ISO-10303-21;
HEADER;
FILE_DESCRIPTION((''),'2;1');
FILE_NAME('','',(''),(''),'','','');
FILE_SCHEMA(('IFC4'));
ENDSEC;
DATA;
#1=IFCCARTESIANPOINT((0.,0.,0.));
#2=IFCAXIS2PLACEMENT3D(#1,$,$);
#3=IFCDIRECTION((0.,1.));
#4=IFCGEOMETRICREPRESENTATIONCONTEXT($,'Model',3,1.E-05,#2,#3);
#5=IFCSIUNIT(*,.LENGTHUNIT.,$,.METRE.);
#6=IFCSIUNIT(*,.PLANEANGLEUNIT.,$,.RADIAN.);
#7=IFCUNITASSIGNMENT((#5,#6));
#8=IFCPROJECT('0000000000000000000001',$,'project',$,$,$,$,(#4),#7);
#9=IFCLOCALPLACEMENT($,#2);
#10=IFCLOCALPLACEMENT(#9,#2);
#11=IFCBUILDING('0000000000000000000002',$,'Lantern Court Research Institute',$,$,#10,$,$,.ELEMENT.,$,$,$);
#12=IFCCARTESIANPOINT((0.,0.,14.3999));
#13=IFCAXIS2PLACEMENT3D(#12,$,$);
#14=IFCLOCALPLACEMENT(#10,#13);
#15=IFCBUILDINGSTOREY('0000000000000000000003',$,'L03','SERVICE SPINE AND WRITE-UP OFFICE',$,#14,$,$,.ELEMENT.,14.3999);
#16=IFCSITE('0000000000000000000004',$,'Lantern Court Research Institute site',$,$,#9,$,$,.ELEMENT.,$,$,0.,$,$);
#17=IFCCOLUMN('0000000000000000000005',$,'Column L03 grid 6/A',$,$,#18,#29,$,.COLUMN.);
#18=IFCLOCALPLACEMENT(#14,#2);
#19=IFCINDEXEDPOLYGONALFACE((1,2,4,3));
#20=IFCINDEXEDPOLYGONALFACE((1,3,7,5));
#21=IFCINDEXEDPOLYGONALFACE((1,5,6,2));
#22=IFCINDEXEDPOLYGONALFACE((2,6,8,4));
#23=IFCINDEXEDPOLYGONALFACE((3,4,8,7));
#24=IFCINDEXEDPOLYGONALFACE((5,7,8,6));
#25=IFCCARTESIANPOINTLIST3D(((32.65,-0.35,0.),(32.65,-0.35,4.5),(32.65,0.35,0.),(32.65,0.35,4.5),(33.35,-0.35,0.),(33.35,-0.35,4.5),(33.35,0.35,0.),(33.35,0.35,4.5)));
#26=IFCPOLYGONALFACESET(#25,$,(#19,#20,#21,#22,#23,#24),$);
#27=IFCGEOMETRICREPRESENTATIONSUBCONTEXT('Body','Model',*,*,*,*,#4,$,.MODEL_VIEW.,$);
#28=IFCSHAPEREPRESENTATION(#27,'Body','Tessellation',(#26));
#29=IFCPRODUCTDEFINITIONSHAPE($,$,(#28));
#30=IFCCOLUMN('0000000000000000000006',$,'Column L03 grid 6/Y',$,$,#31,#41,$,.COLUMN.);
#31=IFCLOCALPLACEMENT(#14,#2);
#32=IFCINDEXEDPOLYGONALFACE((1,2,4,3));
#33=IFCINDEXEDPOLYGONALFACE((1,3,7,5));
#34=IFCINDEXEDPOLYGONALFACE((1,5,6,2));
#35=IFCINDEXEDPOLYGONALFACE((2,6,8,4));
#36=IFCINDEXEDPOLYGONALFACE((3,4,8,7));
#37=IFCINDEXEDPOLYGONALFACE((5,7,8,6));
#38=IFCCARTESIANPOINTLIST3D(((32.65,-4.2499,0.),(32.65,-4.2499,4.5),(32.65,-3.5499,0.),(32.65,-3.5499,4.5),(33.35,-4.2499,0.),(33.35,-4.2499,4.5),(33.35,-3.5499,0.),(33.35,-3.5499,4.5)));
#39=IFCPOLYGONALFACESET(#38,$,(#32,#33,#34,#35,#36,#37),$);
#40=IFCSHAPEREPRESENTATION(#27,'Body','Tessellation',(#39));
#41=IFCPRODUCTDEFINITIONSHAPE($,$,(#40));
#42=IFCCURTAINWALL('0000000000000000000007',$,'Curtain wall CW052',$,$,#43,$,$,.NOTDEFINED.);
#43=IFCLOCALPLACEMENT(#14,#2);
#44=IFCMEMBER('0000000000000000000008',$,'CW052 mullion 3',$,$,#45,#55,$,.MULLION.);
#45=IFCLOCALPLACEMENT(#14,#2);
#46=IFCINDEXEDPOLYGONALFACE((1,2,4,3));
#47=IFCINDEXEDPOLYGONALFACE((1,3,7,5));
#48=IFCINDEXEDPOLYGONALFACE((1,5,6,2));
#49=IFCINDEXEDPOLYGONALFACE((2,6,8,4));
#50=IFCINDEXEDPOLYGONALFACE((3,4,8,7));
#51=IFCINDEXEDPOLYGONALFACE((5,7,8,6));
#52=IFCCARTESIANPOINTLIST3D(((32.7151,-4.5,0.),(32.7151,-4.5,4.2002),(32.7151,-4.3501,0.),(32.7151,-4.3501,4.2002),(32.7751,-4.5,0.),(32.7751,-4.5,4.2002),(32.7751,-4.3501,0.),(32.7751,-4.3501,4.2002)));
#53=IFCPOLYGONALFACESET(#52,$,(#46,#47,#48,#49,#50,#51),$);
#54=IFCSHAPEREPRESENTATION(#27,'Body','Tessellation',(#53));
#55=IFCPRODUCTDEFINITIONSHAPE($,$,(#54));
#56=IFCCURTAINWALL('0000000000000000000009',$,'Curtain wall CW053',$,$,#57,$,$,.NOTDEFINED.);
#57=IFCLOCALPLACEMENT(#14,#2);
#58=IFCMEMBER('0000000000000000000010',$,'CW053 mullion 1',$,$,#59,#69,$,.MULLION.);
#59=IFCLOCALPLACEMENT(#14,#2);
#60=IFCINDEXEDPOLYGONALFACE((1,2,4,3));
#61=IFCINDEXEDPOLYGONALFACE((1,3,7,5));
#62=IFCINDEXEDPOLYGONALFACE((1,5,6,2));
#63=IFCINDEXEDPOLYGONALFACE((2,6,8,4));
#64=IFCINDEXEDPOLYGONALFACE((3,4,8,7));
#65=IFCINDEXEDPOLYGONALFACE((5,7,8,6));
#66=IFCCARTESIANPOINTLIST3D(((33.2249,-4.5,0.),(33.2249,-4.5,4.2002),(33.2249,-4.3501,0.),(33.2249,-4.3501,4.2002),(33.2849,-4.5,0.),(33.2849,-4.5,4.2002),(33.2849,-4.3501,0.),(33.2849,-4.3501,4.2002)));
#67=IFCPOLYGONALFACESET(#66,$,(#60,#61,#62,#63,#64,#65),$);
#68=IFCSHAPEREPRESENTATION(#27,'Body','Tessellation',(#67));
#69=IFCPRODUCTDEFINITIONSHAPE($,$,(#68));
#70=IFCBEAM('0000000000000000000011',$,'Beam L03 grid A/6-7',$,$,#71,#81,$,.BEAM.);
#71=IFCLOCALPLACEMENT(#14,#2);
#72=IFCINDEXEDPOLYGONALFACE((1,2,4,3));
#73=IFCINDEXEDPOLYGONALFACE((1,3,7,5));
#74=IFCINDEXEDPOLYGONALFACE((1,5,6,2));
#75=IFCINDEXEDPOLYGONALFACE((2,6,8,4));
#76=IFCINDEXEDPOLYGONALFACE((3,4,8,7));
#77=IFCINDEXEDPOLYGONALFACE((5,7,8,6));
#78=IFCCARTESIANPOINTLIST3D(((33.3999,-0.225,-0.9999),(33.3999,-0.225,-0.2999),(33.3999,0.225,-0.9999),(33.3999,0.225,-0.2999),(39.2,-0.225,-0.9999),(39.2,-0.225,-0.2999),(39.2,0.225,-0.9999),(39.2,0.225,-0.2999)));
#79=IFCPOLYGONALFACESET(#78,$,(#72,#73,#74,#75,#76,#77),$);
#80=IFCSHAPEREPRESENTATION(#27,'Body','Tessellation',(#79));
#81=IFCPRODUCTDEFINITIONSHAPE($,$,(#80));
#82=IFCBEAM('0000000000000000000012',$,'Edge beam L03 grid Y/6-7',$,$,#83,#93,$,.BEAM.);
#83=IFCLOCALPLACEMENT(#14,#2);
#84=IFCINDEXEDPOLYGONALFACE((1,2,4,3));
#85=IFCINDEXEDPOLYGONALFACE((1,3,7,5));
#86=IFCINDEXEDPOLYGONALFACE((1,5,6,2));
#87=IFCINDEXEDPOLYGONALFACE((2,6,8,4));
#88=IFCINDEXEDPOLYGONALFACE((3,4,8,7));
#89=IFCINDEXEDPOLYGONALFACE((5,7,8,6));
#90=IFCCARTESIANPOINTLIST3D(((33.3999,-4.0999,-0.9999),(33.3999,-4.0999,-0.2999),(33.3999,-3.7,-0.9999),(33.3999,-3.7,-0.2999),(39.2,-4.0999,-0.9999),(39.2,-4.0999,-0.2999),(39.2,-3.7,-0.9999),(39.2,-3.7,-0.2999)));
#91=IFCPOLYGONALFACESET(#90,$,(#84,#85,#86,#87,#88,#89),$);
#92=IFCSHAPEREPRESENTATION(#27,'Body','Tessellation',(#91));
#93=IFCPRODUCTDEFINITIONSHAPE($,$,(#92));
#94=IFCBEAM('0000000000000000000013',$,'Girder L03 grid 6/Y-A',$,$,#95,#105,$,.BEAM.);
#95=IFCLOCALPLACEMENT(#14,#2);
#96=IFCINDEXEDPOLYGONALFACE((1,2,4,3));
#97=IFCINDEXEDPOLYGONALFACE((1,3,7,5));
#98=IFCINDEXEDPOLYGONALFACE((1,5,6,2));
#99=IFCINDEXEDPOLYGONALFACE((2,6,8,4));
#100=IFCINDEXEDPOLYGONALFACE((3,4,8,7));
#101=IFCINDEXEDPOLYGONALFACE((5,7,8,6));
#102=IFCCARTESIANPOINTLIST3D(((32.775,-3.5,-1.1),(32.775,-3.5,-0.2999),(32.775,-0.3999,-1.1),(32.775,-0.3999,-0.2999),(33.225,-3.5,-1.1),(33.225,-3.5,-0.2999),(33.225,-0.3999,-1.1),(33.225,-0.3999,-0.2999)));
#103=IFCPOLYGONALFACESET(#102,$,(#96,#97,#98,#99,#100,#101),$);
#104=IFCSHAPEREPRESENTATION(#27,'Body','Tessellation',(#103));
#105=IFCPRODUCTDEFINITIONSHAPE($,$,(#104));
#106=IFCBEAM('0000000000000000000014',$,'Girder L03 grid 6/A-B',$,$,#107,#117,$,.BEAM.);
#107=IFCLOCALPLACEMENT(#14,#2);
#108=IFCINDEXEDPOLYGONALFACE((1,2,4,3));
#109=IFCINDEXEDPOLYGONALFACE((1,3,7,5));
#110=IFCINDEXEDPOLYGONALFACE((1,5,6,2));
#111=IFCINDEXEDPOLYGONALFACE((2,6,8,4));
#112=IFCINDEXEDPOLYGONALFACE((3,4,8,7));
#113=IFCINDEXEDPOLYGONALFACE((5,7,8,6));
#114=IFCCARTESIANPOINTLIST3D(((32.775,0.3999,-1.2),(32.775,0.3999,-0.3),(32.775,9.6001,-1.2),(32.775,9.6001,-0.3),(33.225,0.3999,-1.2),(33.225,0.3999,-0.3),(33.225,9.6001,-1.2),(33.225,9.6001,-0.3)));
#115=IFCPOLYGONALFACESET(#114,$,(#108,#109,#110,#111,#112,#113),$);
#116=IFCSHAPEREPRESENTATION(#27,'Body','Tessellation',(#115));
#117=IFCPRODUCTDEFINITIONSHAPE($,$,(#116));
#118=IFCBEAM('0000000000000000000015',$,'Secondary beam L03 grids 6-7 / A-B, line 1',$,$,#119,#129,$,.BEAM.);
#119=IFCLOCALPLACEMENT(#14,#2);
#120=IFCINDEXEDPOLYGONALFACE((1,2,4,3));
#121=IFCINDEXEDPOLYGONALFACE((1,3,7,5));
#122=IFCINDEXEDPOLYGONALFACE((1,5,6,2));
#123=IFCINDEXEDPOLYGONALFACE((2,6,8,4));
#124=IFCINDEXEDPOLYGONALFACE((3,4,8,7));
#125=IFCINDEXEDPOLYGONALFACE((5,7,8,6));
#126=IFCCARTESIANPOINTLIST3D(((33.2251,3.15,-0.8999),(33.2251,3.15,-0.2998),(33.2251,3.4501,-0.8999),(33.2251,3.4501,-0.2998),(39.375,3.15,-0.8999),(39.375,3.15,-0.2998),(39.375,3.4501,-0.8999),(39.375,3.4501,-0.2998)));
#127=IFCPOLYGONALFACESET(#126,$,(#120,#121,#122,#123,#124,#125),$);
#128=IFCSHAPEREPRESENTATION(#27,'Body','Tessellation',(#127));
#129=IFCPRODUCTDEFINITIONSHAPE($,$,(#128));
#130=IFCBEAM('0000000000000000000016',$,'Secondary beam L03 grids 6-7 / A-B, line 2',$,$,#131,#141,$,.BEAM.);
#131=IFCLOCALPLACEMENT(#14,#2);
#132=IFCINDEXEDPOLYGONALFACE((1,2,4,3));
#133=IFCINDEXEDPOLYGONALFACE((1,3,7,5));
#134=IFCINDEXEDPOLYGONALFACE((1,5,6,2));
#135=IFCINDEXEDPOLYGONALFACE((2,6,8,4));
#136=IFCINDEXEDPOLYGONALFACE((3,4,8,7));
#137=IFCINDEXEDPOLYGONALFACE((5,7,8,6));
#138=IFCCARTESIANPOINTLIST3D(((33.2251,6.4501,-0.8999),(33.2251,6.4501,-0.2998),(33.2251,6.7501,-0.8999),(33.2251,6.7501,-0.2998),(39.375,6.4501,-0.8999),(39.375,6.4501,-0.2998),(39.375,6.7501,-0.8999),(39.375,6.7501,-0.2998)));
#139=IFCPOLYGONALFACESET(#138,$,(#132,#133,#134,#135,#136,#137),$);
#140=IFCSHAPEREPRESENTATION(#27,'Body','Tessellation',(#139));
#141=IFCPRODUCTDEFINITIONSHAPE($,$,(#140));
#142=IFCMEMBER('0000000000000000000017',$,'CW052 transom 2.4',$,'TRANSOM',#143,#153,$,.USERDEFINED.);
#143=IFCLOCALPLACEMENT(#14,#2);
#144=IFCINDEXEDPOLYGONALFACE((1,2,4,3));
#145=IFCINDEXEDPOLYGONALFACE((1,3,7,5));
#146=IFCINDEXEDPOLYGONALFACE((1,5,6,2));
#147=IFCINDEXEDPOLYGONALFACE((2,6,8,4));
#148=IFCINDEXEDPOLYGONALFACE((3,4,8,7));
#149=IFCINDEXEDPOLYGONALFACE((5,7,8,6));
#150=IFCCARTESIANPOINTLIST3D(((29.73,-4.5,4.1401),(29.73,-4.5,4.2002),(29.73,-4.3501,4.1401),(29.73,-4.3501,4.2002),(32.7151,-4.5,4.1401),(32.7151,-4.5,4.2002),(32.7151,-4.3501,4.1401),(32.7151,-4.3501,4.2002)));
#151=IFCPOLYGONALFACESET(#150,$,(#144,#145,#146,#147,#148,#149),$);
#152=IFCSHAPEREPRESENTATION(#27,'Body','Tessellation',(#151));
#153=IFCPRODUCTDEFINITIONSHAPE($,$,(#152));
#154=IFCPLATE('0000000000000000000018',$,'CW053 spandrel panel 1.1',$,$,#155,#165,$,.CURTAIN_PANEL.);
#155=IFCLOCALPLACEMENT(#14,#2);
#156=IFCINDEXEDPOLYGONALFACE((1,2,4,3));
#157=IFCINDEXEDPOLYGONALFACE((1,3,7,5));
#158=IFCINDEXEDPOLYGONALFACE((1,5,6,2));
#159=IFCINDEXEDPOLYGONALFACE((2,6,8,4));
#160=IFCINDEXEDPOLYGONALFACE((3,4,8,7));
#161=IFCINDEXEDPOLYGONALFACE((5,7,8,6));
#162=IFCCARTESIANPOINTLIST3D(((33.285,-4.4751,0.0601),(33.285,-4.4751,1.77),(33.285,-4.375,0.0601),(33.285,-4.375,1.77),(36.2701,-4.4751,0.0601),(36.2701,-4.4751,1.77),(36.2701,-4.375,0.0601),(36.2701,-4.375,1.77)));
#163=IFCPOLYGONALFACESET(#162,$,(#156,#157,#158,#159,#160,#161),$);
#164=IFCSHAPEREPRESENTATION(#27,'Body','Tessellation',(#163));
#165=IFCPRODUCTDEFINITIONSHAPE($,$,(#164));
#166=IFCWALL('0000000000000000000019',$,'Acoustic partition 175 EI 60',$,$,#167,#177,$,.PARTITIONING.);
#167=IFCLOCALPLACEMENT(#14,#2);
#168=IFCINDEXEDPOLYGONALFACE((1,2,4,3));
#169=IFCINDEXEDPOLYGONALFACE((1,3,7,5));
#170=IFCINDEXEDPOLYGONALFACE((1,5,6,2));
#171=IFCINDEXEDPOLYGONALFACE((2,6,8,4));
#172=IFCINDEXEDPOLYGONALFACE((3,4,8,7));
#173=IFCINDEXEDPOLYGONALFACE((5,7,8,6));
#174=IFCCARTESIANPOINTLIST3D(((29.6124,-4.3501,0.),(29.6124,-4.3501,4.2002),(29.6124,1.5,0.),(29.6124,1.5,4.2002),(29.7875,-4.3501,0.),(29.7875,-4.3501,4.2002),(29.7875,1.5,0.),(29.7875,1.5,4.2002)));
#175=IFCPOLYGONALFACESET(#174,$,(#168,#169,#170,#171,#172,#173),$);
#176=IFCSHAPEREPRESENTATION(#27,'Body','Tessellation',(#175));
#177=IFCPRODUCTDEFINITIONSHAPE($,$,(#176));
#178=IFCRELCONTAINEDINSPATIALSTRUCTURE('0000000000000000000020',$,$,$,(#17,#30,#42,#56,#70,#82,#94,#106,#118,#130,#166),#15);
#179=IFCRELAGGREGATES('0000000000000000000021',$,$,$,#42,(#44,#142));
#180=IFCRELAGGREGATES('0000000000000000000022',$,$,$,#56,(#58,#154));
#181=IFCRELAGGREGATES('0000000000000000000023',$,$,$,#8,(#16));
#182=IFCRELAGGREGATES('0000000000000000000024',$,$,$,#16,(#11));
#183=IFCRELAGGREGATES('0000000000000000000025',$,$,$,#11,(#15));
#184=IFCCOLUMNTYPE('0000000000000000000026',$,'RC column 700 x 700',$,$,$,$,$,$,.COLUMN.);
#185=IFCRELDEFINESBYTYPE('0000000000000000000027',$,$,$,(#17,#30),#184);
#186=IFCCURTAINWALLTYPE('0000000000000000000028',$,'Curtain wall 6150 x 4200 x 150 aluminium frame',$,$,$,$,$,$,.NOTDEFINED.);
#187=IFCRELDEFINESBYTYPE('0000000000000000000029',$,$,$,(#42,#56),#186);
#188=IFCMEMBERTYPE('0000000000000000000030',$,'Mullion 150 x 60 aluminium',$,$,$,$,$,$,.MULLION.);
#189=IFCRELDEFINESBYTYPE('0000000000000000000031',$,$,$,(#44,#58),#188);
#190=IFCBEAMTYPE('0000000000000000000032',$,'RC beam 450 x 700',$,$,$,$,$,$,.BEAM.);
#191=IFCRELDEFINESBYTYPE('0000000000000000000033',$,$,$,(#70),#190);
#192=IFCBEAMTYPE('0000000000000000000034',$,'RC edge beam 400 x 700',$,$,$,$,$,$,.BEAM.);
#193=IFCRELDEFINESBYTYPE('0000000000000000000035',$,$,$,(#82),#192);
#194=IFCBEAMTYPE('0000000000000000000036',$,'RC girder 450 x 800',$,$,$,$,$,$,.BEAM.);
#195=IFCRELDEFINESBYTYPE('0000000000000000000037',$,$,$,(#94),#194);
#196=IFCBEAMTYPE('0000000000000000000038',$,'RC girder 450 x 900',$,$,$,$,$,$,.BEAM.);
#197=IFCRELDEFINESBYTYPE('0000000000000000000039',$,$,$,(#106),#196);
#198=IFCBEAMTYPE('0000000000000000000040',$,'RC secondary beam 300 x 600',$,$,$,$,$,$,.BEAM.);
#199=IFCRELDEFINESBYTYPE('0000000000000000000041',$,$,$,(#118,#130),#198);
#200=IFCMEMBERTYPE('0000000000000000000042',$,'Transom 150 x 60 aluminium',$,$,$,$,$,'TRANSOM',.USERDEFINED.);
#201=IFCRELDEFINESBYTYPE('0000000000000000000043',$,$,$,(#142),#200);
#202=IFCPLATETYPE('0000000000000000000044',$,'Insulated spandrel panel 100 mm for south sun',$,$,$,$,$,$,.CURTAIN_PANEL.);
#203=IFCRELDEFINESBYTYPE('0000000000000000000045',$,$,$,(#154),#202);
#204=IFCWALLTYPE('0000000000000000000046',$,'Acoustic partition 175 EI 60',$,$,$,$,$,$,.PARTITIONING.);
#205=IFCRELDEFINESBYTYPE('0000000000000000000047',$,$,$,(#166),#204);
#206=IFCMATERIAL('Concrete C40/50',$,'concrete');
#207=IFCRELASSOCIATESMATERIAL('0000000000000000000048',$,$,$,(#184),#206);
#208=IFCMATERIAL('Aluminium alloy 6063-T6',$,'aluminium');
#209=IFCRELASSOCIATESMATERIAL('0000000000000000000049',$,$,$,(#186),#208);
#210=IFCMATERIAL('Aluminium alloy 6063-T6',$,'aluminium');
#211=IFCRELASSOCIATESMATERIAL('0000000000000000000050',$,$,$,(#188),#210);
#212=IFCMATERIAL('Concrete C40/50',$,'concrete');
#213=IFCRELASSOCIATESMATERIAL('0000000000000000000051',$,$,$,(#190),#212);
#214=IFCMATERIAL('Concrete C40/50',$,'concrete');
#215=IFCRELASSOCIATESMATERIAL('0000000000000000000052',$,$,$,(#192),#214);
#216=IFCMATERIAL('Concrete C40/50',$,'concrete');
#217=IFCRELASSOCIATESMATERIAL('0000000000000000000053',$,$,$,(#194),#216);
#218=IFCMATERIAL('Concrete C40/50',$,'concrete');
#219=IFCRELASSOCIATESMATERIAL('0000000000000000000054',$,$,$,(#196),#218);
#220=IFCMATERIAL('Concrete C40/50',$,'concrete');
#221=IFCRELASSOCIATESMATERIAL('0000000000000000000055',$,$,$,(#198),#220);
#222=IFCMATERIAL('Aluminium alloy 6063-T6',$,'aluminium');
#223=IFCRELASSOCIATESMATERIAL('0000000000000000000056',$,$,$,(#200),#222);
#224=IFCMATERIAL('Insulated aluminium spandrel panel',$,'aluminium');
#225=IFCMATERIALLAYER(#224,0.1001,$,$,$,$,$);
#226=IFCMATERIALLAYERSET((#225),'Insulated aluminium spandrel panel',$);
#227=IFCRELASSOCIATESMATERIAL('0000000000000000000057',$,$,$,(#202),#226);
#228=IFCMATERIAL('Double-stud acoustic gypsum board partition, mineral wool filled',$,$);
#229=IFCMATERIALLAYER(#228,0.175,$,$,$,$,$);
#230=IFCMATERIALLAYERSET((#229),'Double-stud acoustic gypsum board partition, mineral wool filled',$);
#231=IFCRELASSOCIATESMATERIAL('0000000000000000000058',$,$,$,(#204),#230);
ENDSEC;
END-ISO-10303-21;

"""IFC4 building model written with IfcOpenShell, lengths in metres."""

from ifc_helpers import new_model, si_unit, direction, frame, frame_2d, origin, origin_2d, place, context, subcontext, project, spatial, rectangle, extrude, material, layer, layer_set, material_profile, profile_set, type_object, element, aggregate, save


model = new_model("IFC4")

# Units and contexts
model_context = context("Model", 3, precision=1e-05, world=origin(), true_north=direction((0.0, 1.0)))
body_context = subcontext(model_context, "Body", "Model", "MODEL_VIEW")
ifc_project = project(units=[si_unit("LENGTHUNIT", "METRE"), si_unit("PLANEANGLEUNIT", "RADIAN")], contexts=[model_context])

# Site, building, storey
site_placement = place(None, origin())
site = spatial("IfcSite", under=ifc_project, at=site_placement, Name="Lantern Court Research Institute site", CompositionType="ELEMENT", RefElevation=0.0)
building_placement = place(site_placement, origin())
building = spatial("IfcBuilding", under=site, at=building_placement, Name="Lantern Court Research Institute", CompositionType="ELEMENT")
storey_placement = place(building_placement, frame((0.0, 0.0, 14.3999)))
storey = spatial("IfcBuildingStorey", under=building, at=storey_placement, Name="L03", Description="SERVICE SPINE AND WRITE-UP OFFICE", CompositionType="ELEMENT", Elevation=14.3999)

# Columns
ifc_material_1 = material(Name="Concrete C40/50", Category="concrete")
ifc_material_profile_1 = material_profile(ifc_material_1, rectangle(XDim=0.7, YDim=0.7, at=origin_2d()), Name="RC column 700 x 700")
ifc_profile_set_1 = profile_set([ifc_material_profile_1], Name="Concrete C40/50")
column_type = type_object("IfcColumnType", Name="RC column 700 x 700", PredefinedType="COLUMN", material=ifc_profile_set_1)
for number, where, z_axis, x_axis, name in (
    (1, (33.0, 0.0, 0.0), (0.0, 0.0, 1.0), (1.0, 0.0, 0.0), "Column L03 grid 6/A"),
    (2, (33.0, -3.8999, 0.0), (0.0, 0.0, 1.0), (1.0, 0.0, 0.0), "Column L03 grid 6/Y"),
):
    element("IfcColumn", number, at=place(storey_placement, frame(where, z_axis=z_axis, x_axis=x_axis)), inside=storey, type_object=column_type, Name=name, PredefinedType="COLUMN", context=body_context, shape_type="SweptSolid", body=[
        extrude(rectangle(XDim=0.7, YDim=0.7, at=origin_2d()), origin(), (0.0, 0.0, 1.0), 4.5),
    ])

# Curtain walls, members
ifc_material_2 = material(Name="Aluminium alloy 6063-T6", Category="aluminium")
curtain_wall_type = type_object("IfcCurtainWallType", Name="Curtain wall 6150 x 4200 x 150 aluminium frame", PredefinedType="NOTDEFINED", material=ifc_material_2)
curtain_wall_1_placement = place(storey_placement, origin())
curtain_wall_1 = element("IfcCurtainWall", 3, at=curtain_wall_1_placement, inside=storey, type_object=curtain_wall_type, Name="Curtain wall CW052", PredefinedType="NOTDEFINED")
ifc_material_3 = material(Name="Aluminium alloy 6063-T6", Category="aluminium")
ifc_material_profile_2 = material_profile(ifc_material_3, rectangle(XDim=0.1499, YDim=0.0601, at=origin_2d()), Name="Mullion 150 x 60")
ifc_profile_set_2 = profile_set([ifc_material_profile_2], Name="Aluminium alloy 6063-T6")
member_type_1 = type_object("IfcMemberType", Name="Mullion 150 x 60 aluminium", PredefinedType="MULLION", material=ifc_profile_set_2)
member_1_placement = place(storey_placement, frame((32.7451, -4.425, 0.0), z_axis=(0.0, 0.0, 1.0), x_axis=(0.0, -1.0, 0.0)))
member_1 = element("IfcMember", 4, at=member_1_placement, type_object=member_type_1, Name="CW052 mullion 3", PredefinedType="MULLION", context=body_context, shape_type="SweptSolid", body=[
    extrude(rectangle(XDim=0.1499, YDim=0.0601, at=origin_2d()), origin(), (0.0, 0.0, 1.0), 4.2002),
])
curtain_wall_2_placement = place(storey_placement, origin())
curtain_wall_2 = element("IfcCurtainWall", 5, at=curtain_wall_2_placement, inside=storey, type_object=curtain_wall_type, Name="Curtain wall CW053", PredefinedType="NOTDEFINED")
member_2_placement = place(storey_placement, frame((33.2549, -4.425, 0.0), z_axis=(0.0, 0.0, 1.0), x_axis=(0.0, -1.0, 0.0)))
member_2 = element("IfcMember", 6, at=member_2_placement, type_object=member_type_1, Name="CW053 mullion 1", PredefinedType="MULLION", context=body_context, shape_type="SweptSolid", body=[
    extrude(rectangle(XDim=0.1499, YDim=0.0601, at=origin_2d()), origin(), (0.0, 0.0, 1.0), 4.2002),
])

# Beams
ifc_material_4 = material(Name="Concrete C40/50", Category="concrete")
ifc_material_profile_3 = material_profile(ifc_material_4, rectangle(XDim=0.45, YDim=0.7, at=origin_2d()), Name="RC beam 450 x 700")
ifc_profile_set_3 = profile_set([ifc_material_profile_3], Name="Concrete C40/50")
beam_type_1 = type_object("IfcBeamType", Name="RC beam 450 x 700", PredefinedType="BEAM", material=ifc_profile_set_3)
beam_1_placement = place(storey_placement, frame((33.3999, 0.0, -0.6499), z_axis=(1.0, 0.0, 0.0), x_axis=(0.0, 1.0, 0.0)))
element("IfcBeam", 7, at=beam_1_placement, inside=storey, type_object=beam_type_1, Name="Beam L03 grid A/6-7", PredefinedType="BEAM", context=body_context, shape_type="SweptSolid", body=[
    extrude(rectangle(XDim=0.45, YDim=0.7, at=origin_2d()), origin(), (0.0, 0.0, 1.0), 5.8),
])
ifc_material_5 = material(Name="Concrete C40/50", Category="concrete")
ifc_material_profile_4 = material_profile(ifc_material_5, rectangle(XDim=0.3999, YDim=0.7, at=origin_2d()), Name="RC beam 400 x 700")
ifc_profile_set_4 = profile_set([ifc_material_profile_4], Name="Concrete C40/50")
beam_type_2 = type_object("IfcBeamType", Name="RC edge beam 400 x 700", PredefinedType="BEAM", material=ifc_profile_set_4)
beam_2_placement = place(storey_placement, frame((33.3999, -3.8999, -0.6499), z_axis=(1.0, 0.0, 0.0), x_axis=(0.0, 1.0, 0.0)))
element("IfcBeam", 8, at=beam_2_placement, inside=storey, type_object=beam_type_2, Name="Edge beam L03 grid Y/6-7", PredefinedType="BEAM", context=body_context, shape_type="SweptSolid", body=[
    extrude(rectangle(XDim=0.3999, YDim=0.7, at=origin_2d()), origin(), (0.0, 0.0, 1.0), 5.8),
])
ifc_material_6 = material(Name="Concrete C40/50", Category="concrete")
ifc_material_profile_5 = material_profile(ifc_material_6, rectangle(XDim=0.45, YDim=0.8, at=origin_2d()), Name="RC beam 450 x 800")
ifc_profile_set_5 = profile_set([ifc_material_profile_5], Name="Concrete C40/50")
beam_type_3 = type_object("IfcBeamType", Name="RC girder 450 x 800", PredefinedType="BEAM", material=ifc_profile_set_5)
beam_3_placement = place(storey_placement, frame((33.0, -3.5, -0.7), z_axis=(0.0, 1.0, 0.0), x_axis=(-1.0, 0.0, 0.0)))
element("IfcBeam", 9, at=beam_3_placement, inside=storey, type_object=beam_type_3, Name="Girder L03 grid 6/Y-A", PredefinedType="BEAM", context=body_context, shape_type="SweptSolid", body=[
    extrude(rectangle(XDim=0.45, YDim=0.8, at=origin_2d()), origin(), (0.0, 0.0, 1.0), 3.1001),
])
ifc_material_7 = material(Name="Concrete C40/50", Category="concrete")
ifc_material_profile_6 = material_profile(ifc_material_7, rectangle(XDim=0.45, YDim=0.8999, at=origin_2d()), Name="RC beam 450 x 900")
ifc_profile_set_6 = profile_set([ifc_material_profile_6], Name="Concrete C40/50")
beam_type_4 = type_object("IfcBeamType", Name="RC girder 450 x 900", PredefinedType="BEAM", material=ifc_profile_set_6)
beam_4_placement = place(storey_placement, frame((33.0, 0.3999, -0.75), z_axis=(0.0, 1.0, 0.0), x_axis=(-1.0, 0.0, 0.0)))
element("IfcBeam", 10, at=beam_4_placement, inside=storey, type_object=beam_type_4, Name="Girder L03 grid 6/A-B", PredefinedType="BEAM", context=body_context, shape_type="SweptSolid", body=[
    extrude(rectangle(XDim=0.45, YDim=0.8999, at=origin_2d()), origin(), (0.0, 0.0, 1.0), 9.2002),
])
ifc_material_8 = material(Name="Concrete C40/50", Category="concrete")
ifc_material_profile_7 = material_profile(ifc_material_8, rectangle(XDim=0.3, YDim=0.6001, at=origin_2d()), Name="RC beam 300 x 600")
ifc_profile_set_7 = profile_set([ifc_material_profile_7], Name="Concrete C40/50")
beam_type_5 = type_object("IfcBeamType", Name="RC secondary beam 300 x 600", PredefinedType="BEAM", material=ifc_profile_set_7)
for number, where, z_axis, x_axis, name in (
    (11, (33.2251, 3.3, -0.5999), (1.0, 0.0, 0.0), (0.0, 1.0, 0.0), "Secondary beam L03 grids 6-7 / A-B, line 1"),
    (12, (33.2251, 6.6001, -0.5999), (1.0, 0.0, 0.0), (0.0, 1.0, 0.0), "Secondary beam L03 grids 6-7 / A-B, line 2"),
):
    element("IfcBeam", number, at=place(storey_placement, frame(where, z_axis=z_axis, x_axis=x_axis)), inside=storey, type_object=beam_type_5, Name=name, PredefinedType="BEAM", context=body_context, shape_type="SweptSolid", body=[
        extrude(rectangle(XDim=0.3, YDim=0.6001, at=origin_2d()), origin(), (0.0, 0.0, 1.0), 6.1499),
    ])

# Member
ifc_material_9 = material(Name="Aluminium alloy 6063-T6", Category="aluminium")
ifc_material_profile_8 = material_profile(ifc_material_9, rectangle(XDim=0.1499, YDim=0.0601, at=origin_2d()), Name="Transom 150 x 60")
ifc_profile_set_8 = profile_set([ifc_material_profile_8], Name="Aluminium alloy 6063-T6")
member_type_2 = type_object("IfcMemberType", Name="Transom 150 x 60 aluminium", ElementType="TRANSOM", PredefinedType="USERDEFINED", material=ifc_profile_set_8)
member_3_placement = place(storey_placement, frame((32.7151, -4.425, 4.1702), z_axis=(-1.0, 0.0, 0.0), x_axis=(0.0, -1.0, 0.0)))
member_3 = element("IfcMember", 13, at=member_3_placement, type_object=member_type_2, Name="CW052 transom 2.4", ObjectType="TRANSOM", PredefinedType="USERDEFINED", context=body_context, shape_type="SweptSolid", body=[
    extrude(rectangle(XDim=0.1499, YDim=0.0601, at=origin_2d()), origin(), (0.0, 0.0, 1.0), 2.9851),
])
aggregate(curtain_wall_1, [member_1, member_3])

# Plate
ifc_material_10 = material(Name="Insulated aluminium spandrel panel", Category="aluminium")
ifc_layer_1 = layer(ifc_material_10, 0.1001)
ifc_layer_set_1 = layer_set([ifc_layer_1], Name="Insulated aluminium spandrel panel")
plate_type = type_object("IfcPlateType", Name="Insulated spandrel panel 100 mm for south sun", PredefinedType="CURTAIN_PANEL", material=ifc_layer_set_1)
plate_placement = place(storey_placement, frame((34.7776, -4.425, 0.0601), z_axis=(0.0, 0.0, 1.0), x_axis=(-1.0, 0.0, 0.0)))
plate = element("IfcPlate", 14, at=plate_placement, type_object=plate_type, Name="CW053 spandrel panel 1.1", PredefinedType="CURTAIN_PANEL", context=body_context, shape_type="SweptSolid", body=[
    extrude(rectangle(XDim=2.9851, YDim=0.1001, at=origin_2d()), origin(), (0.0, 0.0, 1.0), 1.71),
])
aggregate(curtain_wall_2, [member_2, plate])

# Wall
ifc_material_11 = material(Name="Double-stud acoustic gypsum board partition, mineral wool filled")
ifc_layer_2 = layer(ifc_material_11, 0.175)
ifc_layer_set_2 = layer_set([ifc_layer_2], Name="Double-stud acoustic gypsum board partition, mineral wool filled")
wall_type_1 = type_object("IfcWallType", Name="Acoustic partition 175 EI 60", PredefinedType="PARTITIONING", material=ifc_layer_set_2)
wall_1_placement = place(storey_placement, frame((29.7, -4.3501, 0.0), z_axis=(0.0, 0.0, 1.0), x_axis=(0.0, 1.0, 0.0)))
element("IfcWall", 15, at=wall_1_placement, inside=storey, type_object=wall_type_1, Name="Acoustic partition 175 EI 60", PredefinedType="PARTITIONING", context=body_context, shape_type="SweptSolid", body=[
    extrude(rectangle(XDim=5.8501, YDim=0.175, at=frame_2d((2.925, 0.0))), origin(), (0.0, 0.0, 1.0), 4.2002),
])

save(model, "model.ifc")
